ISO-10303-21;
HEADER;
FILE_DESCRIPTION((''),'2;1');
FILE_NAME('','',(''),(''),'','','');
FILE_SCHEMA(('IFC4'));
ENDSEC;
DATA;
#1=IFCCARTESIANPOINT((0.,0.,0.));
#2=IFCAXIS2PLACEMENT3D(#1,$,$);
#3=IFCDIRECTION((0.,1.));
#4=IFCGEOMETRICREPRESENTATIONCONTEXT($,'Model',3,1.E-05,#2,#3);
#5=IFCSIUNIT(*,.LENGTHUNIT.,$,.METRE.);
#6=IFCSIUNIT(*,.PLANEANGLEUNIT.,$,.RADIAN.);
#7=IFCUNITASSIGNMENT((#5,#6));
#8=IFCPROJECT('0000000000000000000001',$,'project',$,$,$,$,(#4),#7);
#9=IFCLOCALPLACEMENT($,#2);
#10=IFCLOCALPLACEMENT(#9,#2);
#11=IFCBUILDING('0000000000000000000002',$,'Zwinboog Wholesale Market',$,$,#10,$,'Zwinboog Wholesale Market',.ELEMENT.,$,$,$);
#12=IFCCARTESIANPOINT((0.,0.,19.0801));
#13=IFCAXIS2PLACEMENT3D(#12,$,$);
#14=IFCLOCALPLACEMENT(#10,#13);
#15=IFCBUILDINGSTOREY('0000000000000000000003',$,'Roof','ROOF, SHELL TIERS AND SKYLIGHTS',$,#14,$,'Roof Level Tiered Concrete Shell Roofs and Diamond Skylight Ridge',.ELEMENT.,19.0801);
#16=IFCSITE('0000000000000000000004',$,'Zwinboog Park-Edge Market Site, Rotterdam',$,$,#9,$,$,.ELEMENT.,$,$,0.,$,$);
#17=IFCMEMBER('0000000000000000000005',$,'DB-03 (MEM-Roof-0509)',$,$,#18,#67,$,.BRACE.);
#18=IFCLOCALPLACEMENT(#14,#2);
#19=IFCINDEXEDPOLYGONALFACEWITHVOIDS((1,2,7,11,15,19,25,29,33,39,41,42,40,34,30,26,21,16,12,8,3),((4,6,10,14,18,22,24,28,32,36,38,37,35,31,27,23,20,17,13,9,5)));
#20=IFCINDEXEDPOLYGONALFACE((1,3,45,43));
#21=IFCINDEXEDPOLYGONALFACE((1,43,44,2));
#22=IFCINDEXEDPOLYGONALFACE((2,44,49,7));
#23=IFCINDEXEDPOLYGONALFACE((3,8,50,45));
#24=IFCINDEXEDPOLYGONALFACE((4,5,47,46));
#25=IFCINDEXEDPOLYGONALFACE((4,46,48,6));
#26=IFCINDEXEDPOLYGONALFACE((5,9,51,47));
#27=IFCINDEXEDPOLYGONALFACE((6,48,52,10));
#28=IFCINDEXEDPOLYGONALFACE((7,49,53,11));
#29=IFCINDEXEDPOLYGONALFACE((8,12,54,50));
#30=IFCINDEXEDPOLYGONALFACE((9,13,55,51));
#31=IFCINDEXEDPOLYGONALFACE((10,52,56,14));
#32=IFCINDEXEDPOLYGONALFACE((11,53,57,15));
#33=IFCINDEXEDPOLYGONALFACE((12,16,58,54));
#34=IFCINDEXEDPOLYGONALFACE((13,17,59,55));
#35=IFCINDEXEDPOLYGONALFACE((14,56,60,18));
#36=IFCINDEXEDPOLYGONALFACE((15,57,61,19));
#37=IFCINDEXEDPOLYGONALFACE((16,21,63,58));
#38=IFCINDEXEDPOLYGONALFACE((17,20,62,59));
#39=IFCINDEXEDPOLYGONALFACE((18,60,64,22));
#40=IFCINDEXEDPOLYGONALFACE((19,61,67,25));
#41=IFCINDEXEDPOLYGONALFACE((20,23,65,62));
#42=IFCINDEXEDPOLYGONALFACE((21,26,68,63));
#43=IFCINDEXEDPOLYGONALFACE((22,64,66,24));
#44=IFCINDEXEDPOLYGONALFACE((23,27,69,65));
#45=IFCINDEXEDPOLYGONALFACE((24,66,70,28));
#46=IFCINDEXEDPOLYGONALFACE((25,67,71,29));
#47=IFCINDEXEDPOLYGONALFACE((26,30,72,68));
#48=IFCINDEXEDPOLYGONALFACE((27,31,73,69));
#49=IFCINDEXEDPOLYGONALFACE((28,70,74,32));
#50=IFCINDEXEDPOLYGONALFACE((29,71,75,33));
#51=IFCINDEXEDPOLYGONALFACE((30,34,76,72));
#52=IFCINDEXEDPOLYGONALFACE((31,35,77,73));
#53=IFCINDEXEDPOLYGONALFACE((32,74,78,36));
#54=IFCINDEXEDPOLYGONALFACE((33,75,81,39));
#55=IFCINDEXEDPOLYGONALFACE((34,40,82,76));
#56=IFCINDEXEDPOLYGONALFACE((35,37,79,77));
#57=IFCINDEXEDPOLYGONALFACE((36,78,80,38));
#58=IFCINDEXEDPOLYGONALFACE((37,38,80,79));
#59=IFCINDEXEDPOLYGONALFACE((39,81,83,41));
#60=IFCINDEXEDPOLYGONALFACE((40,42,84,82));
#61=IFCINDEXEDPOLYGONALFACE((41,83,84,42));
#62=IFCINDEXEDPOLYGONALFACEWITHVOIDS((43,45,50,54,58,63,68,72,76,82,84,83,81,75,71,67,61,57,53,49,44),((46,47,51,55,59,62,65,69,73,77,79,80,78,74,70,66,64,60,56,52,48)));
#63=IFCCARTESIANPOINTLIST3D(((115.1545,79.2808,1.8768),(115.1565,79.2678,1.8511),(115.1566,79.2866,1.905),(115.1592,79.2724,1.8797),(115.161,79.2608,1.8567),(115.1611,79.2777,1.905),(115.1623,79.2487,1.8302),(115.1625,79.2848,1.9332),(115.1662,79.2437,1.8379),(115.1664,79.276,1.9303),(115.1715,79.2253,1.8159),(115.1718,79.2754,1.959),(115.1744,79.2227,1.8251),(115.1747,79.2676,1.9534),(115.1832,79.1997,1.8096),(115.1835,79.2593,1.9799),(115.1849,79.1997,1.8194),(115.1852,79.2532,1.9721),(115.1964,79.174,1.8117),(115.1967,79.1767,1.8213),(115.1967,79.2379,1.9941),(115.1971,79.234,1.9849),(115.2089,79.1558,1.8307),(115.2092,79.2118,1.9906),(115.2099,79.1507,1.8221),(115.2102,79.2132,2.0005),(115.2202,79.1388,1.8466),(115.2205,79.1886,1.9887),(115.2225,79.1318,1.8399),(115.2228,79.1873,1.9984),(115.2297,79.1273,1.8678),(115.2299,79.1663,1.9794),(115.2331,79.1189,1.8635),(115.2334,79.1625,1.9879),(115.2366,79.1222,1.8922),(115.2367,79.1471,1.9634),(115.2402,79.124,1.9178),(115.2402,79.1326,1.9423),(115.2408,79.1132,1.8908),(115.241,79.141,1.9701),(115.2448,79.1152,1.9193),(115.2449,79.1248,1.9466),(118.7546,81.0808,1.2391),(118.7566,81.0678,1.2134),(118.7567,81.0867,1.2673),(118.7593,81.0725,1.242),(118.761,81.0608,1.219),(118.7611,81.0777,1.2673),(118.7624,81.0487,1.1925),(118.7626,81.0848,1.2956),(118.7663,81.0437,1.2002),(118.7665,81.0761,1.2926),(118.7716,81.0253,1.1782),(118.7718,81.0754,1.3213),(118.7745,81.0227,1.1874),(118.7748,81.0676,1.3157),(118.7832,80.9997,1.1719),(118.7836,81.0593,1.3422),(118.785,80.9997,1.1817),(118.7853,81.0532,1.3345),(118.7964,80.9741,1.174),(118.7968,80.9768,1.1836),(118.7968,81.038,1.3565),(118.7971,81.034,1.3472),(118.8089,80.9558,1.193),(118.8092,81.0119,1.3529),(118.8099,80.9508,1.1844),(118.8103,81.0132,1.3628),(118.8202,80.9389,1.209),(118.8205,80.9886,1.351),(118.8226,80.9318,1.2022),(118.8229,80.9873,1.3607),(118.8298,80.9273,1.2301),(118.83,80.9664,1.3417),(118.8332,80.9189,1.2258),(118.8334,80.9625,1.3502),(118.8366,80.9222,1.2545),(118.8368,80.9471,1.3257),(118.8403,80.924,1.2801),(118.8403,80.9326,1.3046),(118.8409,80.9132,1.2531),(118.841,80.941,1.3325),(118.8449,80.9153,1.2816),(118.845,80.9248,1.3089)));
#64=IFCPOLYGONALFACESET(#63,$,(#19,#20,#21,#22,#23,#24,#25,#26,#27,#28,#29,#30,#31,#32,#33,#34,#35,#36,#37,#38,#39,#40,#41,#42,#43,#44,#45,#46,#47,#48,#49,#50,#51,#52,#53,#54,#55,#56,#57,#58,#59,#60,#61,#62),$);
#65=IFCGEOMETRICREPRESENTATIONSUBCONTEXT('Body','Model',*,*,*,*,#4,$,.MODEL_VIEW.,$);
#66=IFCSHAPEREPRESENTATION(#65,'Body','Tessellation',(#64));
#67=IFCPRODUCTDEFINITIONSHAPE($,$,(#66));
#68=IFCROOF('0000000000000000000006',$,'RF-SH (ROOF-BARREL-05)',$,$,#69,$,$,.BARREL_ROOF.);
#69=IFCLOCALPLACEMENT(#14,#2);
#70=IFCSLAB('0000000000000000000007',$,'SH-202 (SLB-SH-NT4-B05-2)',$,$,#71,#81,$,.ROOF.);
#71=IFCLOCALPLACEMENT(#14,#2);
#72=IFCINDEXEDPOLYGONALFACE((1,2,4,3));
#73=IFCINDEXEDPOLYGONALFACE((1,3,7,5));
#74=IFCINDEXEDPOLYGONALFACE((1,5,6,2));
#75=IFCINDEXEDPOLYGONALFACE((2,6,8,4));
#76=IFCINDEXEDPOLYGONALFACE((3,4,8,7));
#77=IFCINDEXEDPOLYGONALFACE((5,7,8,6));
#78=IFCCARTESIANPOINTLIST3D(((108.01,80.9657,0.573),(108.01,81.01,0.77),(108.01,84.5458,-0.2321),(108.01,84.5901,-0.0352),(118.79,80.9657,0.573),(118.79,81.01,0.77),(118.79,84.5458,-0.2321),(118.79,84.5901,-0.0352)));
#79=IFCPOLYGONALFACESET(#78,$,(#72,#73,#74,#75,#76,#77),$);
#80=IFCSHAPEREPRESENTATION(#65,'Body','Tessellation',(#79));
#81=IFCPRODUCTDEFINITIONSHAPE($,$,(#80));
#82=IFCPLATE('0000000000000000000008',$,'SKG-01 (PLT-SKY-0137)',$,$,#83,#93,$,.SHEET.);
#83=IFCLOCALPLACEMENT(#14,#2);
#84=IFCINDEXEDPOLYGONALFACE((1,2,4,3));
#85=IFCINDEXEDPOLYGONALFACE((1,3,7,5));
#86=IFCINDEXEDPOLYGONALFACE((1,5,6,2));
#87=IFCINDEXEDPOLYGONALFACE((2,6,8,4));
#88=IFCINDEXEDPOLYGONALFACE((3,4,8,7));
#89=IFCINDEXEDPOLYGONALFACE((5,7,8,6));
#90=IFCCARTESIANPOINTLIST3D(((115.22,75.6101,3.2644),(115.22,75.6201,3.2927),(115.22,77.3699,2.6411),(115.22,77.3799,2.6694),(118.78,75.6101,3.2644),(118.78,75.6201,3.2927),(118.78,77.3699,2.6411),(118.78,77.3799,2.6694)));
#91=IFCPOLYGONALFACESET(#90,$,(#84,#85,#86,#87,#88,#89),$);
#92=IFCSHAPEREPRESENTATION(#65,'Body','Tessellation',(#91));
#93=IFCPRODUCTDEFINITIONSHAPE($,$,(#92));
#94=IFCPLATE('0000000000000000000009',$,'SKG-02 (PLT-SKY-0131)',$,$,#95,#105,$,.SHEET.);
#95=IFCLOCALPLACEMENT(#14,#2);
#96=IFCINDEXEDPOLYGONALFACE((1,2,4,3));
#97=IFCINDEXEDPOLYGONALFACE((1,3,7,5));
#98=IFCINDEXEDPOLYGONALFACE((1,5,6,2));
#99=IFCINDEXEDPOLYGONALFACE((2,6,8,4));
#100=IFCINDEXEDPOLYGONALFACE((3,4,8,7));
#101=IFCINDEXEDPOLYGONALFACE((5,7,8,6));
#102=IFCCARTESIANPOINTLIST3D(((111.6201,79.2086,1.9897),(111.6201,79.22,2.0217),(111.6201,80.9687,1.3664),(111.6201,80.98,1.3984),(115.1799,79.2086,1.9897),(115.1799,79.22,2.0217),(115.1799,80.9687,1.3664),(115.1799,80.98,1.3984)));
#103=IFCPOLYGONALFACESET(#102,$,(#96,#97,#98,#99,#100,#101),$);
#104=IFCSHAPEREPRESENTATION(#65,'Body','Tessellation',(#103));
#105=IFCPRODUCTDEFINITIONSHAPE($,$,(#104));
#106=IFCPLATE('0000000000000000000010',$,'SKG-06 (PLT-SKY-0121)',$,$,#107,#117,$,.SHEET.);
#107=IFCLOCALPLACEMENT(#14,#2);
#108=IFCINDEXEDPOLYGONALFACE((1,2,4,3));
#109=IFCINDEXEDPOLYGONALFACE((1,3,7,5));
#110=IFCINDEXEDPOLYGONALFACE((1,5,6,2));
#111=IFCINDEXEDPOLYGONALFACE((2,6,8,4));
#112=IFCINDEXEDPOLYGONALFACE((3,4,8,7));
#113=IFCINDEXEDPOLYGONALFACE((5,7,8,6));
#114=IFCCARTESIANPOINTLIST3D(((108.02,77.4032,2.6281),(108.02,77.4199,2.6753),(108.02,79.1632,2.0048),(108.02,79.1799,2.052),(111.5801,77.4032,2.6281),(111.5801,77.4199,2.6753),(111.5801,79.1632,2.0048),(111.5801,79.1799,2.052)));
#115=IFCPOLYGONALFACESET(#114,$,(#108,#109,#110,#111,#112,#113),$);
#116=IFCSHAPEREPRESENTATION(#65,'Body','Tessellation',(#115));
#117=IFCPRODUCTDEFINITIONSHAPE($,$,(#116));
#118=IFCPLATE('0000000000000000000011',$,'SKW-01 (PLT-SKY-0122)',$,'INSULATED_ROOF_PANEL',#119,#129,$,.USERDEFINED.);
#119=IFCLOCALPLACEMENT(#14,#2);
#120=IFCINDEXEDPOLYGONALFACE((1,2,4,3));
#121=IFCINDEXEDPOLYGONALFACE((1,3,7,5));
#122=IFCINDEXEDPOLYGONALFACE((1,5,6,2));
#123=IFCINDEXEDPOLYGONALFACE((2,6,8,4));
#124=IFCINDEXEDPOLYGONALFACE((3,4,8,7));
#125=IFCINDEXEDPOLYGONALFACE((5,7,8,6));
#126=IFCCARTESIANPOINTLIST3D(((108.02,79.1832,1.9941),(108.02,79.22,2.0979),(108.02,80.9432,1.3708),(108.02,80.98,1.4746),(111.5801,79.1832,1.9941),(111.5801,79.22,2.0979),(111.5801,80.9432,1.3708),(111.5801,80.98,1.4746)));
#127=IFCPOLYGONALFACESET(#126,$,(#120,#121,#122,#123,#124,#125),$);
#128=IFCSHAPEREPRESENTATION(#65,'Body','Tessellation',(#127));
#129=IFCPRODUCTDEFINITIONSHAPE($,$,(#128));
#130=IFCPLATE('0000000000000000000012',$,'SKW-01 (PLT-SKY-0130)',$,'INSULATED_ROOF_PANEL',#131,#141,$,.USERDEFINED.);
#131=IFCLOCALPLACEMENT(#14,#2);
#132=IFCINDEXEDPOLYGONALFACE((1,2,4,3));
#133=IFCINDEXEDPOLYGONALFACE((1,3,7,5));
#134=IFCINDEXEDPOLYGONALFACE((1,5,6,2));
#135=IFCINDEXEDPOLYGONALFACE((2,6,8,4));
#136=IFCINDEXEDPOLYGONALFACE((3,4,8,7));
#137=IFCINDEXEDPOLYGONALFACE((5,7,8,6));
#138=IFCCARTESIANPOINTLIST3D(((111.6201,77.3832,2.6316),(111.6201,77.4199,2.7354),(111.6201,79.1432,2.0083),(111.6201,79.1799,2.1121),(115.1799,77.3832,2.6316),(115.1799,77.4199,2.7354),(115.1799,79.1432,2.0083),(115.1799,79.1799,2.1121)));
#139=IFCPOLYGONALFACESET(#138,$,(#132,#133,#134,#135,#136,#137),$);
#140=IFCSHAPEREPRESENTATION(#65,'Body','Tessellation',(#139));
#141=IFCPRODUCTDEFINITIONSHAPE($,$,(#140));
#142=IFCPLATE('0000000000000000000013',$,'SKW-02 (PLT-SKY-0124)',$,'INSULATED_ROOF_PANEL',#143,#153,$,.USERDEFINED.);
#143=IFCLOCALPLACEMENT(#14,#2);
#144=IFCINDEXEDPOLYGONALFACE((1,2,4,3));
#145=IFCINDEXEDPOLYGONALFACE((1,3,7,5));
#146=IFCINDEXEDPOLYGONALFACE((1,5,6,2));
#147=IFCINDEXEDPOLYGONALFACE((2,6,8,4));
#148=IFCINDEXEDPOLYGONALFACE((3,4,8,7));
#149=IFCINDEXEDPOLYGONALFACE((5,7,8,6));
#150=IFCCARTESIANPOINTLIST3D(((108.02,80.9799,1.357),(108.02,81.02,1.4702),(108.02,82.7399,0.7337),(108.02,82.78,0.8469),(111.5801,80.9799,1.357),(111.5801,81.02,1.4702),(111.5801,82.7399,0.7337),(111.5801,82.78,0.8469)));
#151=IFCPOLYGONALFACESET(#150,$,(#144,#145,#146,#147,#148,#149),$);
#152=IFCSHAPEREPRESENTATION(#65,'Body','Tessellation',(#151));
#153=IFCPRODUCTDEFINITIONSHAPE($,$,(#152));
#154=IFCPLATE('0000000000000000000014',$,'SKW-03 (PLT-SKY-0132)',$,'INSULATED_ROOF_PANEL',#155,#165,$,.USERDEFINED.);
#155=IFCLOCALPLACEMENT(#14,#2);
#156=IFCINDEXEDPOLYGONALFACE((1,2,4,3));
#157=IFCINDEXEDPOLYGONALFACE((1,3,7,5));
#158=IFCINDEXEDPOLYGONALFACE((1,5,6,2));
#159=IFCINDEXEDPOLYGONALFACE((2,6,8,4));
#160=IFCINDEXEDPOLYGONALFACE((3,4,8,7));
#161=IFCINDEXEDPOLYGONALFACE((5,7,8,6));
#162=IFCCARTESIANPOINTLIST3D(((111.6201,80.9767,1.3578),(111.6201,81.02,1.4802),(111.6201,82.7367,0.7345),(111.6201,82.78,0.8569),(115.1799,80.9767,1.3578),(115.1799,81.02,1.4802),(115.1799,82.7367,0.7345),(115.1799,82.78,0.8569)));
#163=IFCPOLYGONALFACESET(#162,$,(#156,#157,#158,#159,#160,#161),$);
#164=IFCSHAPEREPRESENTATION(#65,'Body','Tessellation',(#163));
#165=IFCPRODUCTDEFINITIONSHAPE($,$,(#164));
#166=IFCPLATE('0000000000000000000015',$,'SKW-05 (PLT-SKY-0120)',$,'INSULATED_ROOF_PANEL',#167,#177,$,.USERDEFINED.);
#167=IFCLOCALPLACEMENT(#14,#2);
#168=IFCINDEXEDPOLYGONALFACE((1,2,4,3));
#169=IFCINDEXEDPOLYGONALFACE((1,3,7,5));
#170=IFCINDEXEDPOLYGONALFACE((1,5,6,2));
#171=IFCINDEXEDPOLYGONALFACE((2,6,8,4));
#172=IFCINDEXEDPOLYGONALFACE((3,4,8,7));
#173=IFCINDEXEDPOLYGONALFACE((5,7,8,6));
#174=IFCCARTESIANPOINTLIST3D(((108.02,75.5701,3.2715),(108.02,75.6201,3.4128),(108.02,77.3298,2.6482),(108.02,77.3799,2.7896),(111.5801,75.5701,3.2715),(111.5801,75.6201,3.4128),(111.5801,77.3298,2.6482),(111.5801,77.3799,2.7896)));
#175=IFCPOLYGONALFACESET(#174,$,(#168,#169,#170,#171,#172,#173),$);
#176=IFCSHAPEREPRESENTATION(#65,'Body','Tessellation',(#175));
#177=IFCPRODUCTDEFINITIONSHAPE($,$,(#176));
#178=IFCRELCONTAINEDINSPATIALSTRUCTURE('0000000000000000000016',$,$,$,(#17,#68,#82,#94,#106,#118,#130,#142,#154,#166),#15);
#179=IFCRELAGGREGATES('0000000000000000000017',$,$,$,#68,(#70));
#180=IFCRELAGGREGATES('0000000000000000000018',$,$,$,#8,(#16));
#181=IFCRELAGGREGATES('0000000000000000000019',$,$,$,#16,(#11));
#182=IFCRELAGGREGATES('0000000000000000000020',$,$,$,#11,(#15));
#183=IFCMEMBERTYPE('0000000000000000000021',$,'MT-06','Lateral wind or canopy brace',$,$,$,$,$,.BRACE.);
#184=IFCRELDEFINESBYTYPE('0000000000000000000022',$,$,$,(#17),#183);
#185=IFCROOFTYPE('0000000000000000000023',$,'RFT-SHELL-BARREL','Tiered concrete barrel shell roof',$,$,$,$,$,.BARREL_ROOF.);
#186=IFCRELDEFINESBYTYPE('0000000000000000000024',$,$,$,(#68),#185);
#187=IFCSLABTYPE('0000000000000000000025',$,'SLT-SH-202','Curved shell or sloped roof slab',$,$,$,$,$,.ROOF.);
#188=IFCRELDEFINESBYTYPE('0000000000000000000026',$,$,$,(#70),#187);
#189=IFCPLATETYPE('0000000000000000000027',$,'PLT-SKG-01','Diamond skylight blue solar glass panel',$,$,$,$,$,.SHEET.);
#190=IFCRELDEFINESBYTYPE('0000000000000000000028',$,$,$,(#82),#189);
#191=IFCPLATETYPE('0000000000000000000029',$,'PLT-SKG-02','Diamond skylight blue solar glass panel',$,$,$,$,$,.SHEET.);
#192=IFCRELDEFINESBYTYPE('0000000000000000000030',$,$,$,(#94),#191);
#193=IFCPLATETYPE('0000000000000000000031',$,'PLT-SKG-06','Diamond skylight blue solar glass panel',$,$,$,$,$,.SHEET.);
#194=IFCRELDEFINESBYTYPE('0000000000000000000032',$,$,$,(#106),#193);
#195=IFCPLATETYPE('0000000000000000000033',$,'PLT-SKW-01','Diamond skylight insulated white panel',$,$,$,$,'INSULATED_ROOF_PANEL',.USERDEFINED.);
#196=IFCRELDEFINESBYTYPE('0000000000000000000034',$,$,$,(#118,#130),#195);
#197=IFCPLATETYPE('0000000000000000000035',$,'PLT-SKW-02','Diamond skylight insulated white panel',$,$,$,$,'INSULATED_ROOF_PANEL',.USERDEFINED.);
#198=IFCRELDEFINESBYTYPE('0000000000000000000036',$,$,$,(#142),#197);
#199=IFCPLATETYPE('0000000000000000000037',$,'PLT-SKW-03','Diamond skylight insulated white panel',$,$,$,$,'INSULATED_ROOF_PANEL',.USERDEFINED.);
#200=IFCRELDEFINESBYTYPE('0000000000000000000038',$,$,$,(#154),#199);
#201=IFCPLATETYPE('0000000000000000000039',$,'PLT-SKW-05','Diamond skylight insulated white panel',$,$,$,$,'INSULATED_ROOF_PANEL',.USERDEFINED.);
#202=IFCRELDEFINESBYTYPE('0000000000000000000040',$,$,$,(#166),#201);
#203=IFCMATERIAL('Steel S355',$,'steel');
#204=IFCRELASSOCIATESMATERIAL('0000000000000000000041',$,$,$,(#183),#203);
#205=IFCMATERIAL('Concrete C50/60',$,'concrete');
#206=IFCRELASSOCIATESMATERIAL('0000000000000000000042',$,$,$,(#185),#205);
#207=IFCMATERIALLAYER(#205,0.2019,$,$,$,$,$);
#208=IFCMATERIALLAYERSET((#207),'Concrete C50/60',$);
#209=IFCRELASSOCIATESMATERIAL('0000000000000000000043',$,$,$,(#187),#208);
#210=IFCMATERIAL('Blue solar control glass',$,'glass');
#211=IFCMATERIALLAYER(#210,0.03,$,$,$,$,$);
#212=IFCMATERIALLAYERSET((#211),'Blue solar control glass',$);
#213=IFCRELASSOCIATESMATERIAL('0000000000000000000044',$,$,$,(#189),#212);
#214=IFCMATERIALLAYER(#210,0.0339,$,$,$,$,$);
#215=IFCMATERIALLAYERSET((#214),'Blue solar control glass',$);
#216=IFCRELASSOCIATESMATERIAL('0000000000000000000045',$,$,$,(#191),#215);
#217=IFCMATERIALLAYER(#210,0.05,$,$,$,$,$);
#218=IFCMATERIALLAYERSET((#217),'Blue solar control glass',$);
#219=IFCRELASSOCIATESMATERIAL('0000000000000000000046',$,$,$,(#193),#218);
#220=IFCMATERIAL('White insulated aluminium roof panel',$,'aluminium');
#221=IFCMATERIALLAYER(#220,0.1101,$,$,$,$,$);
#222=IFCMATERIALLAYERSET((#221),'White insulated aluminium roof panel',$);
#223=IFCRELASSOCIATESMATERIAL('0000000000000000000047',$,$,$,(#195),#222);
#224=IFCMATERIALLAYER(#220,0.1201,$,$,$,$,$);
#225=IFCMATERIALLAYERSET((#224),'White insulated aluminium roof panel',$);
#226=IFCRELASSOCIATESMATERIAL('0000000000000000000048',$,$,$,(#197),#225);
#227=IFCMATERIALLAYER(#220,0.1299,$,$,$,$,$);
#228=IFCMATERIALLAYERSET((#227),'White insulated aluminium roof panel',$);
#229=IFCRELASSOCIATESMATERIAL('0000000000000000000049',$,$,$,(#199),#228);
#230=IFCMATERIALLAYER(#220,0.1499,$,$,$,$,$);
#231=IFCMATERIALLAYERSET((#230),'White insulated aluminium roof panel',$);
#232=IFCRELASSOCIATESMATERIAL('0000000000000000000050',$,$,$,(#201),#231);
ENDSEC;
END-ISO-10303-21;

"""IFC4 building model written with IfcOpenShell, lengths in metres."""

from ifc_helpers import new_model, si_unit, direction, frame, origin, origin_2d, place, context, subcontext, project, spatial, polyline, hollow_circle, outline, extrude, material, layer, layer_set, material_profile, profile_set, type_object, element, aggregate, save


model = new_model("IFC4")

# Units and contexts
model_context = context("Model", 3, precision=1e-05, world=origin(), true_north=direction((0.0, 1.0)))
body_context = subcontext(model_context, "Body", "Model", "MODEL_VIEW")
ifc_project = project(units=[si_unit("LENGTHUNIT", "METRE"), si_unit("PLANEANGLEUNIT", "RADIAN")], contexts=[model_context])

# Site, building, storey
site_placement = place(None, origin())
site = spatial("IfcSite", under=ifc_project, at=site_placement, Name="Zwinboog Park-Edge Market Site, Rotterdam", CompositionType="ELEMENT", RefElevation=0.0)
building_placement = place(site_placement, origin())
building = spatial("IfcBuilding", under=site, at=building_placement, Name="Zwinboog Wholesale Market", LongName="Zwinboog Wholesale Market", CompositionType="ELEMENT")
storey_placement = place(building_placement, frame((0.0, 0.0, 19.0801)))
storey = spatial("IfcBuildingStorey", under=building, at=storey_placement, Name="Roof", Description="ROOF, SHELL TIERS AND SKYLIGHTS", LongName="Roof Level Tiered Concrete Shell Roofs and Diamond Skylight Ridge", CompositionType="ELEMENT", Elevation=19.0801)

# Member
ifc_material_1 = material(Name="Steel S355", Category="steel")
ifc_material_profile_1 = material_profile(ifc_material_1, hollow_circle(Radius=0.0969, WallThickness=0.01, at=origin_2d()), Name="CHS 193.7x10")
ifc_profile_set_1 = profile_set([ifc_material_profile_1], Name="Steel S355")
member_type_1 = type_object("IfcMemberType", Name="MT-06", Description="Lateral wind or canopy brace", PredefinedType="BRACE", material=ifc_profile_set_1)
for number, where, z_axis, x_axis, name in (
    (1, (115.2, 79.2, 1.905), (0.883409, 0.441704, -0.156481), (-0.447214, 0.894427, 0.0), "DB-03 (MEM-Roof-0509)"),
):
    element("IfcMember", number, at=place(storey_placement, frame(where, z_axis=z_axis, x_axis=x_axis)), inside=storey, type_object=member_type_1, Name=name, PredefinedType="BRACE", context=body_context, shape_type="SweptSolid", body=[
        extrude(hollow_circle(Radius=0.0969, WallThickness=0.01, at=origin_2d()), origin(), (0.0, 0.0, 1.0), 4.0752),
    ])

# Roof, slab
ifc_material_2 = material(Name="Concrete C50/60", Category="concrete")
roof_type = type_object("IfcRoofType", Name="RFT-SHELL-BARREL", Description="Tiered concrete barrel shell roof", PredefinedType="BARREL_ROOF", material=ifc_material_2)
roof_placement = place(storey_placement, origin())
roof = element("IfcRoof", 2, at=roof_placement, inside=storey, type_object=roof_type, Name="RF-SH (ROOF-BARREL-05)", PredefinedType="BARREL_ROOF")
ifc_layer_1 = layer(ifc_material_2, 0.2019)
ifc_layer_set_1 = layer_set([ifc_layer_1], Name="Concrete C50/60")
slab_type = type_object("IfcSlabType", Name="SLT-SH-202", Description="Curved shell or sloped roof slab", PredefinedType="ROOF", material=ifc_layer_set_1)
slab_placement = place(storey_placement, frame((108.01, 81.01, 0.77), z_axis=(0.0, 0.219424, 0.97563), x_axis=(1.0, 0.0, 0.0)))
slab = element("IfcSlab", 3, at=slab_placement, type_object=slab_type, Name="SH-202 (SLB-SH-NT4-B05-2)", PredefinedType="ROOF", context=body_context, shape_type="SweptSolid", body=[
    extrude(outline(polyline([(0.0, 0.0), (10.78, 0.0), (10.78, 3.6695), (0.0, 3.6695), (0.0, 0.0)])), origin(), (0.0, 0.0, -1.0), 0.2019),
])
aggregate(roof, [slab])

# Plates
ifc_material_3 = material(Name="Blue solar control glass", Category="glass")
ifc_layer_2 = layer(ifc_material_3, 0.03)
ifc_layer_set_2 = layer_set([ifc_layer_2], Name="Blue solar control glass")
plate_type_1 = type_object("IfcPlateType", Name="PLT-SKG-01", Description="Diamond skylight blue solar glass panel", PredefinedType="SHEET", material=ifc_layer_set_2)
plate_1_placement = place(storey_placement, frame((115.22, 75.6201, 3.2927), z_axis=(0.0, 0.333867, 0.94262), x_axis=(1.0, 0.0, 0.0)))
element("IfcPlate", 4, at=plate_1_placement, inside=storey, type_object=plate_type_1, Name="SKG-01 (PLT-SKY-0137)", PredefinedType="SHEET", context=body_context, shape_type="SweptSolid", body=[
    extrude(outline(polyline([(0.0, 0.0), (3.5601, 0.0), (3.5601, 1.8669), (0.0, 1.8669), (0.0, 0.0)])), origin(), (0.0, 0.0, -1.0), 0.03),
])
ifc_layer_3 = layer(ifc_material_3, 0.0339)
ifc_layer_set_3 = layer_set([ifc_layer_3], Name="Blue solar control glass")
plate_type_2 = type_object("IfcPlateType", Name="PLT-SKG-02", Description="Diamond skylight blue solar glass panel", PredefinedType="SHEET", material=ifc_layer_set_3)
plate_2_placement = place(storey_placement, frame((111.6201, 79.22, 2.0217), z_axis=(0.0, 0.333825, 0.942635), x_axis=(1.0, 0.0, 0.0)))
element("IfcPlate", 5, at=plate_2_placement, inside=storey, type_object=plate_type_2, Name="SKG-02 (PLT-SKY-0131)", PredefinedType="SHEET", context=body_context, shape_type="SweptSolid", body=[
    extrude(outline(polyline([(0.0, 0.0), (3.5598, 0.0), (3.5598, 1.8671), (0.0, 1.8671), (0.0, 0.0)])), origin(), (0.0, 0.0, -1.0), 0.0339),
])
ifc_layer_4 = layer(ifc_material_3, 0.05)
ifc_layer_set_4 = layer_set([ifc_layer_4], Name="Blue solar control glass")
plate_type_3 = type_object("IfcPlateType", Name="PLT-SKG-06", Description="Diamond skylight blue solar glass panel", PredefinedType="SHEET", material=ifc_layer_set_4)
plate_3_placement = place(storey_placement, frame((108.02, 77.4199, 2.6753), z_axis=(0.0, 0.333825, 0.942635), x_axis=(1.0, 0.0, 0.0)))
element("IfcPlate", 6, at=plate_3_placement, inside=storey, type_object=plate_type_3, Name="SKG-06 (PLT-SKY-0121)", PredefinedType="SHEET", context=body_context, shape_type="SweptSolid", body=[
    extrude(outline(polyline([(0.0, 0.0), (3.5601, 0.0), (3.5601, 1.8671), (0.0, 1.8671), (0.0, 0.0)])), origin(), (0.0, 0.0, -1.0), 0.05),
])
ifc_material_4 = material(Name="White insulated aluminium roof panel", Category="aluminium")
ifc_layer_5 = layer(ifc_material_4, 0.1101)
ifc_layer_set_5 = layer_set([ifc_layer_5], Name="White insulated aluminium roof panel")
plate_type_4 = type_object("IfcPlateType", Name="PLT-SKW-01", Description="Diamond skylight insulated white panel", ElementType="INSULATED_ROOF_PANEL", PredefinedType="USERDEFINED", material=ifc_layer_set_5)
plate_4_placement = place(storey_placement, frame((108.02, 79.22, 2.0979), z_axis=(0.0, 0.333825, 0.942635), x_axis=(1.0, 0.0, 0.0)))
element("IfcPlate", 7, at=plate_4_placement, inside=storey, type_object=plate_type_4, Name="SKW-01 (PLT-SKY-0122)", ObjectType="INSULATED_ROOF_PANEL", PredefinedType="USERDEFINED", context=body_context, shape_type="SweptSolid", body=[
    extrude(outline(polyline([(0.0, 0.0), (3.5601, 0.0), (3.5601, 1.8671), (0.0, 1.8671), (0.0, 0.0)])), origin(), (0.0, 0.0, -1.0), 0.1101),
])
plate_5_placement = place(storey_placement, frame((111.6201, 77.4199, 2.7354), z_axis=(0.0, 0.333825, 0.942635), x_axis=(1.0, 0.0, 0.0)))
element("IfcPlate", 8, at=plate_5_placement, inside=storey, type_object=plate_type_4, Name="SKW-01 (PLT-SKY-0130)", ObjectType="INSULATED_ROOF_PANEL", PredefinedType="USERDEFINED", context=body_context, shape_type="SweptSolid", body=[
    extrude(outline(polyline([(0.0, 0.0), (3.5598, 0.0), (3.5598, 1.8671), (0.0, 1.8671), (0.0, 0.0)])), origin(), (0.0, 0.0, -1.0), 0.1101),
])
ifc_layer_6 = layer(ifc_material_4, 0.1201)
ifc_layer_set_6 = layer_set([ifc_layer_6], Name="White insulated aluminium roof panel")
plate_type_5 = type_object("IfcPlateType", Name="PLT-SKW-02", Description="Diamond skylight insulated white panel", ElementType="INSULATED_ROOF_PANEL", PredefinedType="USERDEFINED", material=ifc_layer_set_6)
plate_6_placement = place(storey_placement, frame((108.02, 81.02, 1.4702), z_axis=(0.0, 0.333825, 0.942635), x_axis=(1.0, 0.0, 0.0)))
element("IfcPlate", 9, at=plate_6_placement, inside=storey, type_object=plate_type_5, Name="SKW-02 (PLT-SKY-0124)", ObjectType="INSULATED_ROOF_PANEL", PredefinedType="USERDEFINED", context=body_context, shape_type="SweptSolid", body=[
    extrude(outline(polyline([(0.0, 0.0), (3.5601, 0.0), (3.5601, 1.8671), (0.0, 1.8671), (0.0, 0.0)])), origin(), (0.0, 0.0, -1.0), 0.1201),
])
ifc_layer_7 = layer(ifc_material_4, 0.1299)
ifc_layer_set_7 = layer_set([ifc_layer_7], Name="White insulated aluminium roof panel")
plate_type_6 = type_object("IfcPlateType", Name="PLT-SKW-03", Description="Diamond skylight insulated white panel", ElementType="INSULATED_ROOF_PANEL", PredefinedType="USERDEFINED", material=ifc_layer_set_7)
plate_7_placement = place(storey_placement, frame((111.6201, 81.02, 1.4802), z_axis=(0.0, 0.333825, 0.942635), x_axis=(1.0, 0.0, 0.0)))
element("IfcPlate", 10, at=plate_7_placement, inside=storey, type_object=plate_type_6, Name="SKW-03 (PLT-SKY-0132)", ObjectType="INSULATED_ROOF_PANEL", PredefinedType="USERDEFINED", context=body_context, shape_type="SweptSolid", body=[
    extrude(outline(polyline([(0.0, 0.0), (3.5598, 0.0), (3.5598, 1.8671), (0.0, 1.8671), (0.0, 0.0)])), origin(), (0.0, 0.0, -1.0), 0.1299),
])
ifc_layer_8 = layer(ifc_material_4, 0.1499)
ifc_layer_set_8 = layer_set([ifc_layer_8], Name="White insulated aluminium roof panel")
plate_type_7 = type_object("IfcPlateType", Name="PLT-SKW-05", Description="Diamond skylight insulated white panel", ElementType="INSULATED_ROOF_PANEL", PredefinedType="USERDEFINED", material=ifc_layer_set_8)
plate_8_placement = place(storey_placement, frame((108.02, 75.6201, 3.4128), z_axis=(0.0, 0.333867, 0.94262), x_axis=(1.0, 0.0, 0.0)))
element("IfcPlate", 11, at=plate_8_placement, inside=storey, type_object=plate_type_7, Name="SKW-05 (PLT-SKY-0120)", ObjectType="INSULATED_ROOF_PANEL", PredefinedType="USERDEFINED", context=body_context, shape_type="SweptSolid", body=[
    extrude(outline(polyline([(0.0, 0.0), (3.5601, 0.0), (3.5601, 1.8669), (0.0, 1.8669), (0.0, 0.0)])), origin(), (0.0, 0.0, -1.0), 0.1499),
])

save(model, "model.ifc")
